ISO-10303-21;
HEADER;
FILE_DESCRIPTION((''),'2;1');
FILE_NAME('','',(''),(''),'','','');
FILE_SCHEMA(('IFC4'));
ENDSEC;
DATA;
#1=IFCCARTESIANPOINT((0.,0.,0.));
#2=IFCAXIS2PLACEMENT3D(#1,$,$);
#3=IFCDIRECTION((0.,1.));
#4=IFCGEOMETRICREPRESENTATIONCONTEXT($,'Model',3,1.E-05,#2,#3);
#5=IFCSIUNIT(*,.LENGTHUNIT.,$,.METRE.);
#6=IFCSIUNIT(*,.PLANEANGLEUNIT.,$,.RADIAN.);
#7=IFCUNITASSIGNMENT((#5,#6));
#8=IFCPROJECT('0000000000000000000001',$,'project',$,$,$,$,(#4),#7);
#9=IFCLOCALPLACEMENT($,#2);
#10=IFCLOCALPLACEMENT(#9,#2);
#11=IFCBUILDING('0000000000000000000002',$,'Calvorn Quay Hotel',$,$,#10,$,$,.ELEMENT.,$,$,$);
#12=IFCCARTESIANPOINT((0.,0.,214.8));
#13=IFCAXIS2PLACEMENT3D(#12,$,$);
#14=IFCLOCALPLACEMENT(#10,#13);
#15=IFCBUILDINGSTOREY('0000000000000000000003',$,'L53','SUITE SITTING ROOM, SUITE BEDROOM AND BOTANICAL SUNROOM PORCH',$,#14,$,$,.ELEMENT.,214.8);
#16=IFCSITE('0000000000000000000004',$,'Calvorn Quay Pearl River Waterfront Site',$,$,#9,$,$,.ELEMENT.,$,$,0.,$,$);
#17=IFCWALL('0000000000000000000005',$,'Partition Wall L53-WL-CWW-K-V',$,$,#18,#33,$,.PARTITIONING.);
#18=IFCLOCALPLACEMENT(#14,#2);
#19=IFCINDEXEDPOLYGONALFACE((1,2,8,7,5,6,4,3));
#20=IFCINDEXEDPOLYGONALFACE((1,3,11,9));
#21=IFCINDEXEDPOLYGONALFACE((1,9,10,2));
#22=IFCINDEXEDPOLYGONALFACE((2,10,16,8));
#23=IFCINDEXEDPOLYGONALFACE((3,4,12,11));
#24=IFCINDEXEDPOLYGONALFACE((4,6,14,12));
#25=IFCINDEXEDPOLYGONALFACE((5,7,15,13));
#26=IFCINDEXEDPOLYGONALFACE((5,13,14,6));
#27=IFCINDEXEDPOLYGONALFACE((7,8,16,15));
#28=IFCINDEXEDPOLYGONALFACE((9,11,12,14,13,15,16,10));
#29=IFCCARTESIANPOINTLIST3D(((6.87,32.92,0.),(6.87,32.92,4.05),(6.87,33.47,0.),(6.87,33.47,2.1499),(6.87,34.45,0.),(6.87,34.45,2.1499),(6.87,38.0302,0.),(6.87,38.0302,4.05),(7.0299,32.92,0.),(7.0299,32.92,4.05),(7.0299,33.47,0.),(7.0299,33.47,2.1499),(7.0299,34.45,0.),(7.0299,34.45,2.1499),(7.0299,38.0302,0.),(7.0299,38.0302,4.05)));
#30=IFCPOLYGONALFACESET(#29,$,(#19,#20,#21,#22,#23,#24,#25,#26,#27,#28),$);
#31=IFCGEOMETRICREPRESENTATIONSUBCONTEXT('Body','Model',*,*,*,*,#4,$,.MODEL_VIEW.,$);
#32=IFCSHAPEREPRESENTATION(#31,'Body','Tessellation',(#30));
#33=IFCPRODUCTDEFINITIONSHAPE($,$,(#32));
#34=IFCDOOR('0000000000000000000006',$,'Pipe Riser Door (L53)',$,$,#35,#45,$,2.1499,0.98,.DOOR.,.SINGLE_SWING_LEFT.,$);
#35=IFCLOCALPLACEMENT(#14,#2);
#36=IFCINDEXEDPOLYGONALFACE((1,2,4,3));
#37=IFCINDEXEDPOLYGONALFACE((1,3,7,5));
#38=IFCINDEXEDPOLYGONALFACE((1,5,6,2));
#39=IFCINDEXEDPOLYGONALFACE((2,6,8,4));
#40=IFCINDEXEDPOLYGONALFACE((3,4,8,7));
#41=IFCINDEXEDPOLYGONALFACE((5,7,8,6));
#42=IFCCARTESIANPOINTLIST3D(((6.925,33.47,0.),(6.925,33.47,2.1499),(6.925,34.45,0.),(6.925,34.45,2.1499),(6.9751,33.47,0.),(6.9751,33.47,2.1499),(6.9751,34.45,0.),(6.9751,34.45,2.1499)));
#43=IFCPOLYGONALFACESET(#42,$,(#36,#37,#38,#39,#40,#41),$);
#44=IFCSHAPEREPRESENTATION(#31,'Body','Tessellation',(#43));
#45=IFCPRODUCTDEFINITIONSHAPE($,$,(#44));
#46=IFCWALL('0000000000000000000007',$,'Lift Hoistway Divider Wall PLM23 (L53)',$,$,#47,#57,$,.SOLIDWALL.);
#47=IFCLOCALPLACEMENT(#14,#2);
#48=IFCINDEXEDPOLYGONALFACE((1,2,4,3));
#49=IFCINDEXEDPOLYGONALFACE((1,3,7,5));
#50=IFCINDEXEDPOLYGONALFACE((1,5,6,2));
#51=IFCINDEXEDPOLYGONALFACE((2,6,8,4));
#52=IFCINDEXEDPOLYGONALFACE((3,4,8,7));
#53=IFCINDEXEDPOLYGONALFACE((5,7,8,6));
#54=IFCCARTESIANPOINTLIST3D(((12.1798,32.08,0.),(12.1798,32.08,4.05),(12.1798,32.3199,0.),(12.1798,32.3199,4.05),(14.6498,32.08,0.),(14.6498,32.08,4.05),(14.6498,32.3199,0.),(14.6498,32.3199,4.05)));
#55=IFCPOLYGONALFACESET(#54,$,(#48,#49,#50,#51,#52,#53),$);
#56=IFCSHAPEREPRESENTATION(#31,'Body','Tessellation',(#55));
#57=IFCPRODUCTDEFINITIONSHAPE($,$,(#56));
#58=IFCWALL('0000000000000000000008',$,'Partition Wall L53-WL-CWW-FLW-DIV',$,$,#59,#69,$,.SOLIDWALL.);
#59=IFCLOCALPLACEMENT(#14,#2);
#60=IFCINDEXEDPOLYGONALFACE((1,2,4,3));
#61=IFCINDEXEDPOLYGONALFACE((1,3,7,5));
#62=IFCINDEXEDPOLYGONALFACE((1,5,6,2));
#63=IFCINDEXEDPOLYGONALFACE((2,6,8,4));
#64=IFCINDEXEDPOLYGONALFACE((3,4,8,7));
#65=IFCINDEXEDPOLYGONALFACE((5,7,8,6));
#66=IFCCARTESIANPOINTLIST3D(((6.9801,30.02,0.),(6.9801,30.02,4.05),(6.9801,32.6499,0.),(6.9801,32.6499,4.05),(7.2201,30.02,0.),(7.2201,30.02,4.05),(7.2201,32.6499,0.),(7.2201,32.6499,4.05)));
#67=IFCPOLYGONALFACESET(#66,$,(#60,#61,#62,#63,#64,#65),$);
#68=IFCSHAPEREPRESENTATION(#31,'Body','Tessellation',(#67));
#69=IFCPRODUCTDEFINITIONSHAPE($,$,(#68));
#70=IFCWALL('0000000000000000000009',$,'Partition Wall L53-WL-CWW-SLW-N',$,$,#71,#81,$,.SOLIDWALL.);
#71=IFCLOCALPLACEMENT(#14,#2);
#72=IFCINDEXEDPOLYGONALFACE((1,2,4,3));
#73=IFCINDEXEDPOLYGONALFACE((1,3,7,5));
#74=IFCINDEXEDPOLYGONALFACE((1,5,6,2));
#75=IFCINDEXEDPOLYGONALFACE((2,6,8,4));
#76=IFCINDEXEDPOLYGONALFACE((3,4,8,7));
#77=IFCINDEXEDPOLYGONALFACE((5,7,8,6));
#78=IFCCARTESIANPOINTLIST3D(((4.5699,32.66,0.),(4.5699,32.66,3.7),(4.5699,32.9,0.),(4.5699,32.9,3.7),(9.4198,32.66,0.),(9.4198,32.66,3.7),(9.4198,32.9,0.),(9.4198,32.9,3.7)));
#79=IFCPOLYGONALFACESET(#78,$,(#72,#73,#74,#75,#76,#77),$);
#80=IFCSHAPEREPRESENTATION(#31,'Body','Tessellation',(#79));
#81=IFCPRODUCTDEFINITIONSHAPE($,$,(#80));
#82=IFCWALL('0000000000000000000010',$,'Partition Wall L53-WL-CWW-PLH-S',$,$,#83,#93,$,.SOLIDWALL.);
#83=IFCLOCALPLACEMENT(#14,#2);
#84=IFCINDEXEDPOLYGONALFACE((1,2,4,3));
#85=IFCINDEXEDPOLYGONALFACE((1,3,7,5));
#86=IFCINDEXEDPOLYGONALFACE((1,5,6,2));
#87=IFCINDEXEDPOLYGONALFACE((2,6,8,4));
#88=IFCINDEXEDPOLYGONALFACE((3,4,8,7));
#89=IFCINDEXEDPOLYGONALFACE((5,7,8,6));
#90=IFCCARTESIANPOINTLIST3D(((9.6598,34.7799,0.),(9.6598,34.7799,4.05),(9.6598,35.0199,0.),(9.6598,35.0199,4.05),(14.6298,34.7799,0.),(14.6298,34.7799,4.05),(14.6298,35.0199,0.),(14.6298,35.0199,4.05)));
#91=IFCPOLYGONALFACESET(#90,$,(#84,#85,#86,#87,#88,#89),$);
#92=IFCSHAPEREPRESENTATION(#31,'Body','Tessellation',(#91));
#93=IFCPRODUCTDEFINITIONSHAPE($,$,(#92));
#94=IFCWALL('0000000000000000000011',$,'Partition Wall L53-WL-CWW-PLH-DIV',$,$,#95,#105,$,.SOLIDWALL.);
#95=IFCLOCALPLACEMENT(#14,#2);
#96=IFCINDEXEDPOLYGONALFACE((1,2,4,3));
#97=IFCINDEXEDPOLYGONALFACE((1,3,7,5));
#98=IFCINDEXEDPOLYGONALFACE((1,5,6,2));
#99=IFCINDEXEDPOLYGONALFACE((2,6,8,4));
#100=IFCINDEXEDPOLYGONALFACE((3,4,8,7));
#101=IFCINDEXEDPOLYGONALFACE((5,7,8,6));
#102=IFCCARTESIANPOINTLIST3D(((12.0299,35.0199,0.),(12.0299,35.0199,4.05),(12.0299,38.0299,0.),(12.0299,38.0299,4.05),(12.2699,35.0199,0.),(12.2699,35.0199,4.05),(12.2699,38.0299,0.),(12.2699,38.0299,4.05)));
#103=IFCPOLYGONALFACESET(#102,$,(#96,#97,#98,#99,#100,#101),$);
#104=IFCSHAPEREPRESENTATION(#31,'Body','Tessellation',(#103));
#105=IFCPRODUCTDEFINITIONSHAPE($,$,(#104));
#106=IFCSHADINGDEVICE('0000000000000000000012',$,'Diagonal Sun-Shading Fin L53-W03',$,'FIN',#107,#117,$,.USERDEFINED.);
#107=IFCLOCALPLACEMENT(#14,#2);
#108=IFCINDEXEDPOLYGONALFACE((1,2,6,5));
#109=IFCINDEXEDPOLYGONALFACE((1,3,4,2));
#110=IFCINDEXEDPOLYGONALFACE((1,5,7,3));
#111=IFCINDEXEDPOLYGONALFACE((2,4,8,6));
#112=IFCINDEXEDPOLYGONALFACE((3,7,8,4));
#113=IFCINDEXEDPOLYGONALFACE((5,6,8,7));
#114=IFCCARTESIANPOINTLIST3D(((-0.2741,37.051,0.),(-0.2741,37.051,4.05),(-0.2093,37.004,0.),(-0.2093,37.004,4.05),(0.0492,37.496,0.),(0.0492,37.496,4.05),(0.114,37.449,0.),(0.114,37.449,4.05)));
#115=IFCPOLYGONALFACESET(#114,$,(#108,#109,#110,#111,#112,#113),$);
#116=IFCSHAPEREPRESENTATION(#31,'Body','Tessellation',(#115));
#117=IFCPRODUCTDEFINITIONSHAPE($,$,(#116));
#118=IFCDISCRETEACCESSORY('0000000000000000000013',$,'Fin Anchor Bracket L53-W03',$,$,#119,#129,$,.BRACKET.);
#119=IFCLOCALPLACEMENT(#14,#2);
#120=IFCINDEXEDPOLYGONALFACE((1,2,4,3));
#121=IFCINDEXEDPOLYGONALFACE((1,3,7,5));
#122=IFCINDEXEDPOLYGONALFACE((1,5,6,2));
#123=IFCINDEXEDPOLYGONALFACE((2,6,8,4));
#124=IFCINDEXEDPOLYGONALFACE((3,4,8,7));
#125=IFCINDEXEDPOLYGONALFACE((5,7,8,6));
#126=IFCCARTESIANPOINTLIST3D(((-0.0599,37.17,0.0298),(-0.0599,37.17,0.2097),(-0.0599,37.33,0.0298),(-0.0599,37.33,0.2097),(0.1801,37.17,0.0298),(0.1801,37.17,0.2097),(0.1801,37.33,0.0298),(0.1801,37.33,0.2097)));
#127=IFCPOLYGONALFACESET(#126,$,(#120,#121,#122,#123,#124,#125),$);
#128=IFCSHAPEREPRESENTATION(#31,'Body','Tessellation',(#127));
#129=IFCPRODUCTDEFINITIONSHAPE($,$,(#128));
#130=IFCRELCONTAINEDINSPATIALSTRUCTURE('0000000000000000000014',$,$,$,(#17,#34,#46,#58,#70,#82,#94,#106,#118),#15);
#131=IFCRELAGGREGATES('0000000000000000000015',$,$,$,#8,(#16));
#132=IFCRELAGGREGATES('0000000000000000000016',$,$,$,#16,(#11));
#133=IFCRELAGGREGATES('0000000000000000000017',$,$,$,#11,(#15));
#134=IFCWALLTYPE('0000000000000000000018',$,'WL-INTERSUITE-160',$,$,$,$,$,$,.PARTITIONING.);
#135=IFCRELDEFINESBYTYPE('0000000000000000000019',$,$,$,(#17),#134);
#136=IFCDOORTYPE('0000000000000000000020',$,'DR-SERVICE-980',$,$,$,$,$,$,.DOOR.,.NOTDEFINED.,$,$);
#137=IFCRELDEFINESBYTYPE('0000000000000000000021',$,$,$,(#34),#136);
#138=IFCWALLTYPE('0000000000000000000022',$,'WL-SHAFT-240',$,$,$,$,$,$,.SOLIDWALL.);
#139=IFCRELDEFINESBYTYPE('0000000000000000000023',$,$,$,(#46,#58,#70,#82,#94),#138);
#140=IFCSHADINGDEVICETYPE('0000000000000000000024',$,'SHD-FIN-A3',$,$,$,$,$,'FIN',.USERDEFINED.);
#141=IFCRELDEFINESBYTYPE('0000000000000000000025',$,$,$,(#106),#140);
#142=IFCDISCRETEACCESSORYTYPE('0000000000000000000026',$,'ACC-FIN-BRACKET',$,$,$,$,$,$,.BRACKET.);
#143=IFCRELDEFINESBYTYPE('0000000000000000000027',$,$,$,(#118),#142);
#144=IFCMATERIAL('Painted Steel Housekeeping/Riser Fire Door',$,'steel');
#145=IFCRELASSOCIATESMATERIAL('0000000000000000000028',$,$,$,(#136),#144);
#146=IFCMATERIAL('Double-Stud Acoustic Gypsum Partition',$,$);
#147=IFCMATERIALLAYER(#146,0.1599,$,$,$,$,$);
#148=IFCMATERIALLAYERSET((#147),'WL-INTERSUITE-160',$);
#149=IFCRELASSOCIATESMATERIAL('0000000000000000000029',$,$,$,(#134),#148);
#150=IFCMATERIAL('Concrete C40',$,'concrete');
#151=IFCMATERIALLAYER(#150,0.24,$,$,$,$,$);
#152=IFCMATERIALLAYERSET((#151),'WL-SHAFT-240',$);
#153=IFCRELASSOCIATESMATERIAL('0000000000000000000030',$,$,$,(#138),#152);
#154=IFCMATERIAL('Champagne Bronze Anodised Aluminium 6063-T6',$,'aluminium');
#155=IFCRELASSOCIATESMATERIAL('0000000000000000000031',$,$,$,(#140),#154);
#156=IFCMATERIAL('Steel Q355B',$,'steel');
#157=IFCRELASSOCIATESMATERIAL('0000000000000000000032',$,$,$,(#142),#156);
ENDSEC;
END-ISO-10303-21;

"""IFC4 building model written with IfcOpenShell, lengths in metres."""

from ifc_helpers import new_model, si_unit, direction, frame, frame_2d, origin, origin_2d, place, context, subcontext, project, spatial, rectangle, extrude, material, layer, layer_set, type_object, element, fill, save


model = new_model("IFC4")

# Units and contexts
model_context = context("Model", 3, precision=1e-05, world=origin(), true_north=direction((0.0, 1.0)))
body_context = subcontext(model_context, "Body", "Model", "MODEL_VIEW")
ifc_project = project(units=[si_unit("LENGTHUNIT", "METRE"), si_unit("PLANEANGLEUNIT", "RADIAN")], contexts=[model_context])

# Site, building, storey
site_placement = place(None, origin())
site = spatial("IfcSite", under=ifc_project, at=site_placement, Name="Calvorn Quay Pearl River Waterfront Site", CompositionType="ELEMENT", RefElevation=0.0)
building_placement = place(site_placement, origin())
building = spatial("IfcBuilding", under=site, at=building_placement, Name="Calvorn Quay Hotel", CompositionType="ELEMENT")
storey_placement = place(building_placement, frame((0.0, 0.0, 214.8)))
storey = spatial("IfcBuildingStorey", under=building, at=storey_placement, Name="L53", Description="SUITE SITTING ROOM, SUITE BEDROOM AND BOTANICAL SUNROOM PORCH", CompositionType="ELEMENT", Elevation=214.8)

# Wall, opening, door
ifc_material_1 = material(Name="Painted Steel Housekeeping/Riser Fire Door", Category="steel")
door_type = type_object("IfcDoorType", Name="DR-SERVICE-980", OperationType="NOTDEFINED", PredefinedType="DOOR", material=ifc_material_1)
ifc_material_2 = material(Name="Double-Stud Acoustic Gypsum Partition")
ifc_layer_1 = layer(ifc_material_2, 0.1599)
ifc_layer_set_1 = layer_set([ifc_layer_1], Name="WL-INTERSUITE-160")
wall_type_1 = type_object("IfcWallType", Name="WL-INTERSUITE-160", PredefinedType="PARTITIONING", material=ifc_layer_set_1)
wall_1_placement = place(storey_placement, frame((6.95, 32.9199, 0.0), z_axis=(0.0, 0.0, 1.0), x_axis=(0.0, 1.0, 0.0)))
wall_1 = element("IfcWall", 1, at=wall_1_placement, inside=storey, type_object=wall_type_1, Name="Partition Wall L53-WL-CWW-K-V", PredefinedType="PARTITIONING", context=body_context, shape_type="SweptSolid", body=[
    extrude(rectangle(XDim=5.1101, YDim=0.1599, at=frame_2d((2.5552, 0.0))), origin(), (0.0, 0.0, 1.0), 4.05),
])
opening_1_placement = place(wall_1_placement, frame((0.55, 0.0, 0.0)))
opening_1 = element("IfcOpeningElement", 2, at=opening_1_placement, cuts=wall_1, PredefinedType="OPENING", context=body_context, shape_type="SweptSolid", body=[
    extrude(rectangle(XDim=0.98, YDim=2.1499, at=frame_2d((0.49, 1.075))), frame((0.0, 0.0898, 0.0), z_axis=(0.0, -1.0, 0.0), x_axis=(1.0, 0.0, 0.0)), (0.0, 0.0, 1.0), 0.1799),
])
door_1_placement = place(opening_1_placement, origin())
door_1 = element("IfcDoor", 3, at=door_1_placement, inside=storey, type_object=door_type, Name="Pipe Riser Door (L53)", OperationType="SINGLE_SWING_LEFT", OverallHeight=2.1499, OverallWidth=0.98, PredefinedType="DOOR", context=body_context, shape_type="SweptSolid", body=[
    extrude(rectangle(XDim=0.98, YDim=2.1499, at=frame_2d((0.49, 1.075))), frame((0.0, 0.0249, 0.0), z_axis=(0.0, -1.0, 0.0), x_axis=(1.0, 0.0, 0.0)), (0.0, 0.0, 1.0), 0.05),
])
fill(opening_1, door_1)

# Walls
ifc_material_3 = material(Name="Concrete C40", Category="concrete")
ifc_layer_2 = layer(ifc_material_3, 0.24)
ifc_layer_set_2 = layer_set([ifc_layer_2], Name="WL-SHAFT-240")
wall_type_2 = type_object("IfcWallType", Name="WL-SHAFT-240", PredefinedType="SOLIDWALL", material=ifc_layer_set_2)
wall_2_placement = place(storey_placement, frame((12.1799, 32.2, 0.0), z_axis=(0.0, 0.0, 1.0), x_axis=(1.0, 0.0, 0.0)))
element("IfcWall", 4, at=wall_2_placement, inside=storey, type_object=wall_type_2, Name="Lift Hoistway Divider Wall PLM23 (L53)", PredefinedType="SOLIDWALL", context=body_context, shape_type="SweptSolid", body=[
    extrude(rectangle(XDim=2.47, YDim=0.24, at=frame_2d((1.2349, 0.0))), origin(), (0.0, 0.0, 1.0), 4.05),
])
wall_3_placement = place(storey_placement, frame((7.1001, 30.02, 0.0), z_axis=(0.0, 0.0, 1.0), x_axis=(0.0, 1.0, 0.0)))
element("IfcWall", 5, at=wall_3_placement, inside=storey, type_object=wall_type_2, Name="Partition Wall L53-WL-CWW-FLW-DIV", PredefinedType="SOLIDWALL", context=body_context, shape_type="SweptSolid", body=[
    extrude(rectangle(XDim=2.6299, YDim=0.24, at=frame_2d((1.3149, 0.0))), origin(), (0.0, 0.0, 1.0), 4.05),
])
wall_4_placement = place(storey_placement, frame((4.5701, 32.78, 0.0), z_axis=(0.0, 0.0, 1.0), x_axis=(1.0, 0.0, 0.0)))
element("IfcWall", 6, at=wall_4_placement, inside=storey, type_object=wall_type_2, Name="Partition Wall L53-WL-CWW-SLW-N", PredefinedType="SOLIDWALL", context=body_context, shape_type="SweptSolid", body=[
    extrude(rectangle(XDim=4.8499, YDim=0.24, at=frame_2d((2.4248, 0.0))), origin(), (0.0, 0.0, 1.0), 3.7),
])
wall_5_placement = place(storey_placement, frame((9.6599, 34.8999, 0.0), z_axis=(0.0, 0.0, 1.0), x_axis=(1.0, 0.0, 0.0)))
element("IfcWall", 7, at=wall_5_placement, inside=storey, type_object=wall_type_2, Name="Partition Wall L53-WL-CWW-PLH-S", PredefinedType="SOLIDWALL", context=body_context, shape_type="SweptSolid", body=[
    extrude(rectangle(XDim=4.97, YDim=0.24, at=frame_2d((2.4849, 0.0))), origin(), (0.0, 0.0, 1.0), 4.05),
])
wall_6_placement = place(storey_placement, frame((12.1499, 35.02, 0.0), z_axis=(0.0, 0.0, 1.0), x_axis=(0.0, 1.0, 0.0)))
element("IfcWall", 8, at=wall_6_placement, inside=storey, type_object=wall_type_2, Name="Partition Wall L53-WL-CWW-PLH-DIV", PredefinedType="SOLIDWALL", context=body_context, shape_type="SweptSolid", body=[
    extrude(rectangle(XDim=3.01, YDim=0.24, at=frame_2d((1.5049, 0.0))), origin(), (0.0, 0.0, 1.0), 4.05),
])

# Shading device
ifc_material_4 = material(Name="Champagne Bronze Anodised Aluminium 6063-T6", Category="aluminium")
shading_device_type = type_object("IfcShadingDeviceType", Name="SHD-FIN-A3", ElementType="FIN", PredefinedType="USERDEFINED", material=ifc_material_4)
shading_device_placement = place(storey_placement, frame((-0.0801, 37.25, 0.0), z_axis=(0.0, 0.0, 1.0), x_axis=(0.587785, 0.809017, 0.0)))
element("IfcShadingDevice", 9, at=shading_device_placement, inside=storey, type_object=shading_device_type, Name="Diagonal Sun-Shading Fin L53-W03", ObjectType="FIN", PredefinedType="USERDEFINED", context=body_context, shape_type="SweptSolid", body=[
    extrude(rectangle(XDim=0.55, YDim=0.0801, at=origin_2d()), origin(), (0.0, 0.0, 1.0), 4.05),
])

# Discrete accessory
ifc_material_5 = material(Name="Steel Q355B", Category="steel")
discrete_accessory_type = type_object("IfcDiscreteAccessoryType", Name="ACC-FIN-BRACKET", PredefinedType="BRACKET", material=ifc_material_5)
discrete_accessory_placement = place(storey_placement, frame((0.0601, 37.25, 0.0298), z_axis=(0.0, 0.0, 1.0), x_axis=(1.0, 0.0, 0.0)))
element("IfcDiscreteAccessory", 10, at=discrete_accessory_placement, inside=storey, type_object=discrete_accessory_type, Name="Fin Anchor Bracket L53-W03", PredefinedType="BRACKET", context=body_context, shape_type="SweptSolid", body=[
    extrude(rectangle(XDim=0.24, YDim=0.1599, at=origin_2d()), origin(), (0.0, 0.0, 1.0), 0.1799),
])

save(model, "model.ifc")
